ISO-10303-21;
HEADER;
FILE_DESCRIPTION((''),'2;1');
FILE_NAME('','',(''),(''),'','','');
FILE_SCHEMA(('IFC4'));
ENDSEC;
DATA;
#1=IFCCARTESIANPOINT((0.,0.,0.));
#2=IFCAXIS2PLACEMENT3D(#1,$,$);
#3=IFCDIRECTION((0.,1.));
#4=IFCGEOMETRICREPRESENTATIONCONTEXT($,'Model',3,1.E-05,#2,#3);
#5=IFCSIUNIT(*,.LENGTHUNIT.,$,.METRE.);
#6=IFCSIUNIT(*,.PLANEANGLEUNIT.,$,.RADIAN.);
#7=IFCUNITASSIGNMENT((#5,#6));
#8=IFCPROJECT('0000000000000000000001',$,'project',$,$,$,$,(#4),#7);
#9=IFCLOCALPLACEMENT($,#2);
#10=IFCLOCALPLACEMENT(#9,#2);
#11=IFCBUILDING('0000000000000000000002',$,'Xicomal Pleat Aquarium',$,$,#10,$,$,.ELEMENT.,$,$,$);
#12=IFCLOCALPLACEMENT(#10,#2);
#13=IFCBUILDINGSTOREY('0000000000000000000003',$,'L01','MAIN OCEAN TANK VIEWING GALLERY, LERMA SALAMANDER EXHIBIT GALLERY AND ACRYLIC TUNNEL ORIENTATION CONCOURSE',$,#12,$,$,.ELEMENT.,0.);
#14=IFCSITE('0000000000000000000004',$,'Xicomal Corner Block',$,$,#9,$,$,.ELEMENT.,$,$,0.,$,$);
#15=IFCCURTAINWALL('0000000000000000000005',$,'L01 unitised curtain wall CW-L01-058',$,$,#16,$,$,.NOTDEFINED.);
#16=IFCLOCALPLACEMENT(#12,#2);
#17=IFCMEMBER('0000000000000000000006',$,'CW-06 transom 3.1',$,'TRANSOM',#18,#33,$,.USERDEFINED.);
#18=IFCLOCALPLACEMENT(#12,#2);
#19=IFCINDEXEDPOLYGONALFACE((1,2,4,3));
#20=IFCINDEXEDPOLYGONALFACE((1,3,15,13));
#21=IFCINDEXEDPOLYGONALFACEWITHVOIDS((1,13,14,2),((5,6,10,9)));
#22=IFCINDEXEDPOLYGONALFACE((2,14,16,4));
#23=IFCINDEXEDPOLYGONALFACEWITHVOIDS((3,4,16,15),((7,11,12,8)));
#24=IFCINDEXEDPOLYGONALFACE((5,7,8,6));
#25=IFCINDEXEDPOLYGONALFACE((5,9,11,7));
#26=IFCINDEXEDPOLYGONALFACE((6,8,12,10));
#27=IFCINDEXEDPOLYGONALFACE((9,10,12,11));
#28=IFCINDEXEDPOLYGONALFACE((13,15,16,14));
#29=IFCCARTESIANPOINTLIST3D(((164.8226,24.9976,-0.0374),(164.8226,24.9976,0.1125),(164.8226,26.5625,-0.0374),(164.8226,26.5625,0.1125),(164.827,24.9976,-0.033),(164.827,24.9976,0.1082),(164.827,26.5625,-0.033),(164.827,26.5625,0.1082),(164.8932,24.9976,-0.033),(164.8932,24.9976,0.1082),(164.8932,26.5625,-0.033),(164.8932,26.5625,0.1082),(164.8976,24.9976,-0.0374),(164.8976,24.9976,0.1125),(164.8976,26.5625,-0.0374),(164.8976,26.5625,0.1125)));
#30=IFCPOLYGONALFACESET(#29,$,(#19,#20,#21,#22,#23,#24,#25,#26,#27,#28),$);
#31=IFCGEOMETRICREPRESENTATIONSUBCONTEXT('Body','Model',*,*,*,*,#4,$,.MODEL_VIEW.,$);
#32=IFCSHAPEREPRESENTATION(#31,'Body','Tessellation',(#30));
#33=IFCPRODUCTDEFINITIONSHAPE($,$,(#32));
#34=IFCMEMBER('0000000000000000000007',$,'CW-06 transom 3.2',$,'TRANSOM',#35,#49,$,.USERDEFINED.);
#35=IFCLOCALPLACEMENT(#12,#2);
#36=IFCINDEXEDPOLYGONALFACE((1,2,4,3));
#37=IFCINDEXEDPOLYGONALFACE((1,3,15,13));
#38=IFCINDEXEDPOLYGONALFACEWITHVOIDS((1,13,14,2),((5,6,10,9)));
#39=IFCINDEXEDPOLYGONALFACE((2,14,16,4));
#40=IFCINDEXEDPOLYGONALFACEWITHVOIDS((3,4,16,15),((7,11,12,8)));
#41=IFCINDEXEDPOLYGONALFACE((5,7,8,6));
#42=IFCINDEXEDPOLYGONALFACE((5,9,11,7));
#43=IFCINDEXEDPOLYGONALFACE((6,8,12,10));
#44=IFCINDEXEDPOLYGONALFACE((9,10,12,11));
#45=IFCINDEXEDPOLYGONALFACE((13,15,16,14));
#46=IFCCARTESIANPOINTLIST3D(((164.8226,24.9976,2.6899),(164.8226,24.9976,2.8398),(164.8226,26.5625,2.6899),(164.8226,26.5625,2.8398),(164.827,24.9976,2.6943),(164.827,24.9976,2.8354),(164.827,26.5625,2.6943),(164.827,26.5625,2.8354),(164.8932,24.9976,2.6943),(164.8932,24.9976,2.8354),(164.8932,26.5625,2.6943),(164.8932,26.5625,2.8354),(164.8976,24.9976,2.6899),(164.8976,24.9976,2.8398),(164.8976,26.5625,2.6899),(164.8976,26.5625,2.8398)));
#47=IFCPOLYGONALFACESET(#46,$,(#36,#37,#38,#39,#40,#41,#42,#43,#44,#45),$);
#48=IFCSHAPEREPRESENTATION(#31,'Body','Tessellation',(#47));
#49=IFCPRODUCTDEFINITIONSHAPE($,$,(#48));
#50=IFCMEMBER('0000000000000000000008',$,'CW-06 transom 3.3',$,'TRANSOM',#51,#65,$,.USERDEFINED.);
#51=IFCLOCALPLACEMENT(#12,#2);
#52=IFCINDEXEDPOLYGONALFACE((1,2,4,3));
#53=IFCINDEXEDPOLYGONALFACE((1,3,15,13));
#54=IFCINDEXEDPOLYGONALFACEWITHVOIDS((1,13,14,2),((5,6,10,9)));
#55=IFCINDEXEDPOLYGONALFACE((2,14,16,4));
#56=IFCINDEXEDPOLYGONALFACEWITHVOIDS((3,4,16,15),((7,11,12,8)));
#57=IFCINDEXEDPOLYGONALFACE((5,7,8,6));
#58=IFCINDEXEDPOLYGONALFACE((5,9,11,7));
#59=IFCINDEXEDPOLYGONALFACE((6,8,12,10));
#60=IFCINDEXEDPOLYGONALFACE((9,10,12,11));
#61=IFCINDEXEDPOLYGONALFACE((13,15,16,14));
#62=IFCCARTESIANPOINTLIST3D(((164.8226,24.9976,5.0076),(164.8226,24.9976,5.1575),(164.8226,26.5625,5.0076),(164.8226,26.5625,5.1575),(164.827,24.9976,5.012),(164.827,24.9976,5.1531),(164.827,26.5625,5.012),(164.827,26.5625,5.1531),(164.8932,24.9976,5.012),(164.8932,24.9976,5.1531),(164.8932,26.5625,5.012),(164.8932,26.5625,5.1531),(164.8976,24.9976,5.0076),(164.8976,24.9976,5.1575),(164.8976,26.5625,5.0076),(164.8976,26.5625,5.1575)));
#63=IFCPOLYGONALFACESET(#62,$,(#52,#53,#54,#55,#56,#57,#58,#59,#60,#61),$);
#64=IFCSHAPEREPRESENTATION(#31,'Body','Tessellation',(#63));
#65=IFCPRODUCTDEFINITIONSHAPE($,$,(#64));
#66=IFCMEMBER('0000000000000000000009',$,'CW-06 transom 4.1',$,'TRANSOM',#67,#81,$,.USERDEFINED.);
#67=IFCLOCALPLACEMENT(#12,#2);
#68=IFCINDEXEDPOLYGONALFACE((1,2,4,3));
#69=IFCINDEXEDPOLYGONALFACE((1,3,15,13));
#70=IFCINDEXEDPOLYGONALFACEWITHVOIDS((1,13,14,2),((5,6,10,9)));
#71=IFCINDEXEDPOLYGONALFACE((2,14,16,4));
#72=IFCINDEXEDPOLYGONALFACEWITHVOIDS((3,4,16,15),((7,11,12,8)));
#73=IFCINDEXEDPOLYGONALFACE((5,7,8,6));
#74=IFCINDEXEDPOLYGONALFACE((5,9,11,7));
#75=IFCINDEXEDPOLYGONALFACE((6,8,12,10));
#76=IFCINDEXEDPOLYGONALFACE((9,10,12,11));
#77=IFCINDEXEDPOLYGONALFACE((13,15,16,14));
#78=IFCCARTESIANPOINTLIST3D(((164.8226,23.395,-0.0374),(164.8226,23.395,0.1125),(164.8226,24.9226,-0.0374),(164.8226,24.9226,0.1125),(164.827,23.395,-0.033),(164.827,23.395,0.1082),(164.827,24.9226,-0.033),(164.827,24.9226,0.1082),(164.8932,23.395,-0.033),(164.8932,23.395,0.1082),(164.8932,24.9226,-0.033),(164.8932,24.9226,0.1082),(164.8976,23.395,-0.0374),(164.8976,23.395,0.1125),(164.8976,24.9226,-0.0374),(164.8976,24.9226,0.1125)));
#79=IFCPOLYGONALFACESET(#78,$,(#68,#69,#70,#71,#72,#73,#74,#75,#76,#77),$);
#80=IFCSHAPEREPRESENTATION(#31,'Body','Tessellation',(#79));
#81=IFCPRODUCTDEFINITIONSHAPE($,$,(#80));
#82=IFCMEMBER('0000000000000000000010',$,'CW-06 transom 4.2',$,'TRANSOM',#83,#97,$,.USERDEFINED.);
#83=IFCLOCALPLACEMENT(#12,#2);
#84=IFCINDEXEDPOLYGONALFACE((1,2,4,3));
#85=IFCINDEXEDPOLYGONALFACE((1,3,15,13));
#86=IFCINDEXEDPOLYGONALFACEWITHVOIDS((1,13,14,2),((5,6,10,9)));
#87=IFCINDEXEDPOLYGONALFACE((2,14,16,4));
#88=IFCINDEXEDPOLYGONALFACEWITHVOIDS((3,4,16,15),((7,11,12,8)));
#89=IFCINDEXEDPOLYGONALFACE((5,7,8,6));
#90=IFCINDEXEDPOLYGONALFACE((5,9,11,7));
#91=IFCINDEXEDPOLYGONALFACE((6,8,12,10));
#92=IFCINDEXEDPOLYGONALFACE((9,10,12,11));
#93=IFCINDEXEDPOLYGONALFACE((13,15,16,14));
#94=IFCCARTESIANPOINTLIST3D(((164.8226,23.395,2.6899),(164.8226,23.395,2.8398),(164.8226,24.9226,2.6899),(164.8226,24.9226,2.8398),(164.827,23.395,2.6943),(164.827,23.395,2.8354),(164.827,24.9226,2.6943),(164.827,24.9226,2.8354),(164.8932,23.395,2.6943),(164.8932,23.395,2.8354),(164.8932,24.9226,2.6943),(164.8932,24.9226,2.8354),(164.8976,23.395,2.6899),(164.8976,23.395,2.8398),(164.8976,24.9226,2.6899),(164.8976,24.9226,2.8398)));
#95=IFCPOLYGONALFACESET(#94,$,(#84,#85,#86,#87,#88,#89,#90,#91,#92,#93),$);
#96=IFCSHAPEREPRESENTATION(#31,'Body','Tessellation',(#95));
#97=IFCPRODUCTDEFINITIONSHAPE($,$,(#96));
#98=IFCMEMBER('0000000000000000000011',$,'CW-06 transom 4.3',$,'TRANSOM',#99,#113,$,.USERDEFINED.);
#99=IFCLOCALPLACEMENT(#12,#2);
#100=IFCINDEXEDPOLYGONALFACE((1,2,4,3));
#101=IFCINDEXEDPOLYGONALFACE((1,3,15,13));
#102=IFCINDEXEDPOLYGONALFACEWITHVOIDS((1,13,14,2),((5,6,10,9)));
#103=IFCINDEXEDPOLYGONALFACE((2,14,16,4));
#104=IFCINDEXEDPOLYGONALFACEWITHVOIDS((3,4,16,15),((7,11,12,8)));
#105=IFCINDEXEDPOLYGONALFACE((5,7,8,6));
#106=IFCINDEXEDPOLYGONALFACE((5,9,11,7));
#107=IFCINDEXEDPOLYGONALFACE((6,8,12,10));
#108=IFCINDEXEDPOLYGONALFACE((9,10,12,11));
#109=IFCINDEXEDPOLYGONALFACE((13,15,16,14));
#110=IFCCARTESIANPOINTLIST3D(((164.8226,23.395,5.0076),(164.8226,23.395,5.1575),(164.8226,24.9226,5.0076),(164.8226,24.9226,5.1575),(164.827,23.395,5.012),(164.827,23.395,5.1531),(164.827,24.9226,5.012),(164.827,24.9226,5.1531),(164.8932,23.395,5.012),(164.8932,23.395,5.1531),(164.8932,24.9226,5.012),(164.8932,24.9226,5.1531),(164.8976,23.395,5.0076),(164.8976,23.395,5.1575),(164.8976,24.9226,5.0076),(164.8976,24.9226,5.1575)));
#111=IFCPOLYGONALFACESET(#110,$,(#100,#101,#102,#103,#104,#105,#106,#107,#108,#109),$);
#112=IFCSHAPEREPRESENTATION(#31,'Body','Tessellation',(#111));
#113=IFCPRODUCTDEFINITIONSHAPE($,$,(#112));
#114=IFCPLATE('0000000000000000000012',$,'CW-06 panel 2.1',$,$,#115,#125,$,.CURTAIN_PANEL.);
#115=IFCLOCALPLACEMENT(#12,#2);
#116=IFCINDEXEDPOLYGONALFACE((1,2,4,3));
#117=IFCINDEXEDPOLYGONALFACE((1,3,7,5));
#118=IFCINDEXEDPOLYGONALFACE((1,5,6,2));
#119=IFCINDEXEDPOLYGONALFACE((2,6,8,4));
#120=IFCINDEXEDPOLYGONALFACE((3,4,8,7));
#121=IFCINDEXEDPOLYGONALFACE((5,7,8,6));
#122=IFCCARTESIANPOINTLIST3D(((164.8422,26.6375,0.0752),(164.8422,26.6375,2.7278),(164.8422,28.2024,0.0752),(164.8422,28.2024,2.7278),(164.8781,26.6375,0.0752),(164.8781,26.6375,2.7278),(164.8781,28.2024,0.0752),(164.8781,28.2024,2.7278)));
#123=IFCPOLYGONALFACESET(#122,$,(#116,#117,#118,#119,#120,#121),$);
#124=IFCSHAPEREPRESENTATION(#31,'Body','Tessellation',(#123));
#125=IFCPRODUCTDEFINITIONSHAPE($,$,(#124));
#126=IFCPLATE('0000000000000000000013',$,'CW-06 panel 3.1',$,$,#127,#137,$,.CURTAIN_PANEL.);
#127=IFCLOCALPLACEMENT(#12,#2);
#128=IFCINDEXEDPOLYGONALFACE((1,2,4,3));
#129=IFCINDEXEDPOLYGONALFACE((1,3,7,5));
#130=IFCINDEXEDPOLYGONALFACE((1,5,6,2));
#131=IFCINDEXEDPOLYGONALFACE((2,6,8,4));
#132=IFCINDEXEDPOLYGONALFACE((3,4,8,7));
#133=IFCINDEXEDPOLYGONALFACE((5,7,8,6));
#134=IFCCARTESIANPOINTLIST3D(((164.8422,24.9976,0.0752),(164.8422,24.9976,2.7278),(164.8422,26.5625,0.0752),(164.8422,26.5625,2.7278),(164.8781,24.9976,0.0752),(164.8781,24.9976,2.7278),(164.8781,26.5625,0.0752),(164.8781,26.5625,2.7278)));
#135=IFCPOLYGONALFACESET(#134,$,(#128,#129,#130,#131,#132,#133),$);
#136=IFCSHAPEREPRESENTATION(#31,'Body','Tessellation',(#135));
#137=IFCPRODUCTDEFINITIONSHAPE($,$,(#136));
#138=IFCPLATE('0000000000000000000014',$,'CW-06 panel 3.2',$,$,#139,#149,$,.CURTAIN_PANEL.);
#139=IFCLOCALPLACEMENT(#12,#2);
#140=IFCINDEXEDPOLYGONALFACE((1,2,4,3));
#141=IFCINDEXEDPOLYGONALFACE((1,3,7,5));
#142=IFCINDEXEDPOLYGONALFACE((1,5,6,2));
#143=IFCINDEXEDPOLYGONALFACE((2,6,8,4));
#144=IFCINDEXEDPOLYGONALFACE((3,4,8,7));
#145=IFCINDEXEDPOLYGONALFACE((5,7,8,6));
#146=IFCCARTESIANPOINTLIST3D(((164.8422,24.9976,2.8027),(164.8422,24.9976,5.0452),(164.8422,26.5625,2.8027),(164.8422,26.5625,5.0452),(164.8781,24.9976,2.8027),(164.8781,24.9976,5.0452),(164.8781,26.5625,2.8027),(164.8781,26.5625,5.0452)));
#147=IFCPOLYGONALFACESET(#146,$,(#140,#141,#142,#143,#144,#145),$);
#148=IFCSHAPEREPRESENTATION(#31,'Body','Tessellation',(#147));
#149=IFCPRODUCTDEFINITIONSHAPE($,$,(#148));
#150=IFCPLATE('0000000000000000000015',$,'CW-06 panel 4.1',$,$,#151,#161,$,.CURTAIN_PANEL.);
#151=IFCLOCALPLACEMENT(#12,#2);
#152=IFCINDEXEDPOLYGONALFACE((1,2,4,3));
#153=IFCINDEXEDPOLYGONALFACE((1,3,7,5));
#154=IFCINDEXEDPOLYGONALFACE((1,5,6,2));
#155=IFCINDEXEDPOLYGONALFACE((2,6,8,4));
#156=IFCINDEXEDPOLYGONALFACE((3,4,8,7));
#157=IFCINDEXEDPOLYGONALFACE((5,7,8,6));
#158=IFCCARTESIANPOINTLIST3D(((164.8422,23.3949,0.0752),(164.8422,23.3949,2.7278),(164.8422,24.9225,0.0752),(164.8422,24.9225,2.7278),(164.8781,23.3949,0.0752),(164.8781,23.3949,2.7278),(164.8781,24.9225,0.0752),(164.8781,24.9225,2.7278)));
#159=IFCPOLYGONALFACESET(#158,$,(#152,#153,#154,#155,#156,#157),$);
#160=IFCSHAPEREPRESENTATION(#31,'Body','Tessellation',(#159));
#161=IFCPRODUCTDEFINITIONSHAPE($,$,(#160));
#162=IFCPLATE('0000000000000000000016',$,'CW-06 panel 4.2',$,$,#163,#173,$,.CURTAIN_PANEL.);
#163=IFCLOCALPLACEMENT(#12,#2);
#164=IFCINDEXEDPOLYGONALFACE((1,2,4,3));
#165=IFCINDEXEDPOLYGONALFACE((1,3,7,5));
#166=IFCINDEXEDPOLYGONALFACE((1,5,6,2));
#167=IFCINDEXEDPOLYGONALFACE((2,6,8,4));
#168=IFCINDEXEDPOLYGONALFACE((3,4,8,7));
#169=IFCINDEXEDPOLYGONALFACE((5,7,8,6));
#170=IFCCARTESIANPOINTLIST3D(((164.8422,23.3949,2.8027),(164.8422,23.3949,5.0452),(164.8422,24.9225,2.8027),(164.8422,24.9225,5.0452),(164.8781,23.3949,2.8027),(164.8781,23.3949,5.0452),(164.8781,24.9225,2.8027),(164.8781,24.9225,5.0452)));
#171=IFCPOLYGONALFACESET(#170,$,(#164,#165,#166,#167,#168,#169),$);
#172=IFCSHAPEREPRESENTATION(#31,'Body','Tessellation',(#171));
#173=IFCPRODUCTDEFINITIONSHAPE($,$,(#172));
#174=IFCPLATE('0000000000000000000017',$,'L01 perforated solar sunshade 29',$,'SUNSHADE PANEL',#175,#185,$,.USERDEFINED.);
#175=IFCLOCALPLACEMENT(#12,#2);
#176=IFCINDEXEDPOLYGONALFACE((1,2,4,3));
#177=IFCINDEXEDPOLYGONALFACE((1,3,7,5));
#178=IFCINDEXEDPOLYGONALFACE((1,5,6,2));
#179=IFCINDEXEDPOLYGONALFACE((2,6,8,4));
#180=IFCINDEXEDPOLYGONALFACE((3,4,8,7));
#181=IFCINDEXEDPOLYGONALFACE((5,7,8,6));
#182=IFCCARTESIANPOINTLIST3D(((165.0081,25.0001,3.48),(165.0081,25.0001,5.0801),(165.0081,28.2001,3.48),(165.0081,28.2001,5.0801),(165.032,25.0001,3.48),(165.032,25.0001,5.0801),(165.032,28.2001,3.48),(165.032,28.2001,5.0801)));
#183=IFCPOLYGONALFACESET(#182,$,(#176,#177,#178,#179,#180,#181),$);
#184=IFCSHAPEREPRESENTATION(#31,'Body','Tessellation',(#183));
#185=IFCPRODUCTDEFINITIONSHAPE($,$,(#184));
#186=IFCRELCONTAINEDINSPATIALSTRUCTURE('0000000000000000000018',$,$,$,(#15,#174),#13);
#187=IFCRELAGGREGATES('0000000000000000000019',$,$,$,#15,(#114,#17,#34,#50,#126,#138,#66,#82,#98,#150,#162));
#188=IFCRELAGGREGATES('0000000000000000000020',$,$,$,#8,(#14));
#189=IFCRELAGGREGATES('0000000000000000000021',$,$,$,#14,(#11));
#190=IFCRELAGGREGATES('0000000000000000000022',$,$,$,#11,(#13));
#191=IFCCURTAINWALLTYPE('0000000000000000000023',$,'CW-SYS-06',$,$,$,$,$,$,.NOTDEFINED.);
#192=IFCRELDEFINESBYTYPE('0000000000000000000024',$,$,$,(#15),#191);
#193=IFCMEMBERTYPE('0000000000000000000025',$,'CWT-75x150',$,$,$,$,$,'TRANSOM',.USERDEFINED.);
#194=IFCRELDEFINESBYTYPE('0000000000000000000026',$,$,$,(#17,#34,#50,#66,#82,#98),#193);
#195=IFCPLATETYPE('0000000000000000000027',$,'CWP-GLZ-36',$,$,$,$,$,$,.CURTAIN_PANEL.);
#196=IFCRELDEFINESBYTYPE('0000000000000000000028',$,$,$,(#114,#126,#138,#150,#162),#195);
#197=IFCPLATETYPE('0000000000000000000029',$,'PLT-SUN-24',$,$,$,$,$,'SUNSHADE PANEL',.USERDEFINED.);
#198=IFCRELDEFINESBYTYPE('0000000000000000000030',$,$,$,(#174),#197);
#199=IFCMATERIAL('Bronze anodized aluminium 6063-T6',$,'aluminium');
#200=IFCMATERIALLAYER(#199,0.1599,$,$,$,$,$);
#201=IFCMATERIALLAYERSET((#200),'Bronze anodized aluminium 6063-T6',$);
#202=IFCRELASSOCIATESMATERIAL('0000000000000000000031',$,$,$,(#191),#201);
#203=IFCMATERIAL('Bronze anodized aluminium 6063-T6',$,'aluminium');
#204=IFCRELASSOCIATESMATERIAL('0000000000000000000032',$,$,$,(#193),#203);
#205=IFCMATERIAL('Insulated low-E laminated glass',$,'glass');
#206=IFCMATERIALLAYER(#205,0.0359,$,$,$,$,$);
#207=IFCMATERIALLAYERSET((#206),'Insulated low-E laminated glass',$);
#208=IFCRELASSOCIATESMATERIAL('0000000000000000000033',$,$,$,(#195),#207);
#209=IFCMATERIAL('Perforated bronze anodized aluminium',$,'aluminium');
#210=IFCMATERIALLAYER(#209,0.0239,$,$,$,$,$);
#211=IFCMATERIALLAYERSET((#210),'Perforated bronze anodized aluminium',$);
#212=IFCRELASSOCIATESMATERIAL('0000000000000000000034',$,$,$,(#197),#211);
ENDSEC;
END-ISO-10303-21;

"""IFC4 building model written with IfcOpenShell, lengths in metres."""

from ifc_helpers import new_model, si_unit, direction, frame, origin, origin_2d, place, context, subcontext, project, spatial, rectangle, hollow_rectangle, extrude, material, layer, layer_set, material_profile, profile_set, type_object, element, aggregate, save


model = new_model("IFC4")

# Units and contexts
model_context = context("Model", 3, precision=1e-05, world=origin(), true_north=direction((0.0, 1.0)))
body_context = subcontext(model_context, "Body", "Model", "MODEL_VIEW")
ifc_project = project(units=[si_unit("LENGTHUNIT", "METRE"), si_unit("PLANEANGLEUNIT", "RADIAN")], contexts=[model_context])

# Site, building, storey
site_placement = place(None, origin())
site = spatial("IfcSite", under=ifc_project, at=site_placement, Name="Xicomal Corner Block", CompositionType="ELEMENT", RefElevation=0.0)
building_placement = place(site_placement, origin())
building = spatial("IfcBuilding", under=site, at=building_placement, Name="Xicomal Pleat Aquarium", CompositionType="ELEMENT")
storey_placement = place(building_placement, origin())
storey = spatial("IfcBuildingStorey", under=building, at=storey_placement, Name="L01", Description="MAIN OCEAN TANK VIEWING GALLERY, LERMA SALAMANDER EXHIBIT GALLERY AND ACRYLIC TUNNEL ORIENTATION CONCOURSE", CompositionType="ELEMENT", Elevation=0.0)

# Curtain wall, members, plates
ifc_material_1 = material(Name="Bronze anodized aluminium 6063-T6", Category="aluminium")
ifc_layer_1 = layer(ifc_material_1, 0.1599)
ifc_layer_set_1 = layer_set([ifc_layer_1], Name="Bronze anodized aluminium 6063-T6")
curtain_wall_type = type_object("IfcCurtainWallType", Name="CW-SYS-06", PredefinedType="NOTDEFINED", material=ifc_layer_set_1)
curtain_wall_placement = place(storey_placement, origin())
curtain_wall = element("IfcCurtainWall", 1, at=curtain_wall_placement, inside=storey, type_object=curtain_wall_type, Name="L01 unitised curtain wall CW-L01-058", PredefinedType="NOTDEFINED")
ifc_material_2 = material(Name="Bronze anodized aluminium 6063-T6", Category="aluminium")
ifc_material_profile_1 = material_profile(ifc_material_2, hollow_rectangle(XDim=0.075, YDim=0.1499, WallThickness=0.0044, at=origin_2d()), Name="ALU TRAN 75x150")
ifc_profile_set_1 = profile_set([ifc_material_profile_1], Name="Bronze anodized aluminium 6063-T6")
member_type_1 = type_object("IfcMemberType", Name="CWT-75x150", ElementType="TRANSOM", PredefinedType="USERDEFINED", material=ifc_profile_set_1)
member_1_placement = place(storey_placement, frame((164.8601, 26.5625, 0.0376), z_axis=(0.0, -1.0, 0.0), x_axis=(1.0, 0.0, 0.0)))
member_1 = element("IfcMember", 2, at=member_1_placement, type_object=member_type_1, Name="CW-06 transom 3.1", ObjectType="TRANSOM", PredefinedType="USERDEFINED", context=body_context, shape_type="SweptSolid", body=[
    extrude(hollow_rectangle(XDim=0.075, YDim=0.1499, WallThickness=0.0044, at=origin_2d()), origin(), (0.0, 0.0, 1.0), 1.5649),
])
member_2_placement = place(storey_placement, frame((164.8601, 26.5625, 2.7649), z_axis=(0.0, -1.0, 0.0), x_axis=(1.0, 0.0, 0.0)))
member_2 = element("IfcMember", 3, at=member_2_placement, type_object=member_type_1, Name="CW-06 transom 3.2", ObjectType="TRANSOM", PredefinedType="USERDEFINED", context=body_context, shape_type="SweptSolid", body=[
    extrude(hollow_rectangle(XDim=0.075, YDim=0.1499, WallThickness=0.0044, at=origin_2d()), origin(), (0.0, 0.0, 1.0), 1.5649),
])
member_3_placement = place(storey_placement, frame((164.8601, 26.5625, 5.0825), z_axis=(0.0, -1.0, 0.0), x_axis=(1.0, 0.0, 0.0)))
member_3 = element("IfcMember", 4, at=member_3_placement, type_object=member_type_1, Name="CW-06 transom 3.3", ObjectType="TRANSOM", PredefinedType="USERDEFINED", context=body_context, shape_type="SweptSolid", body=[
    extrude(hollow_rectangle(XDim=0.075, YDim=0.1499, WallThickness=0.0044, at=origin_2d()), origin(), (0.0, 0.0, 1.0), 1.5649),
])
member_4_placement = place(storey_placement, frame((164.8601, 24.9226, 0.0376), z_axis=(0.0, -1.0, 0.0), x_axis=(1.0, 0.0, 0.0)))
member_4 = element("IfcMember", 5, at=member_4_placement, type_object=member_type_1, Name="CW-06 transom 4.1", ObjectType="TRANSOM", PredefinedType="USERDEFINED", context=body_context, shape_type="SweptSolid", body=[
    extrude(hollow_rectangle(XDim=0.075, YDim=0.1499, WallThickness=0.0044, at=origin_2d()), origin(), (0.0, 0.0, 1.0), 1.5276),
])
member_5_placement = place(storey_placement, frame((164.8601, 24.9226, 2.7649), z_axis=(0.0, -1.0, 0.0), x_axis=(1.0, 0.0, 0.0)))
member_5 = element("IfcMember", 6, at=member_5_placement, type_object=member_type_1, Name="CW-06 transom 4.2", ObjectType="TRANSOM", PredefinedType="USERDEFINED", context=body_context, shape_type="SweptSolid", body=[
    extrude(hollow_rectangle(XDim=0.075, YDim=0.1499, WallThickness=0.0044, at=origin_2d()), origin(), (0.0, 0.0, 1.0), 1.5276),
])
member_6_placement = place(storey_placement, frame((164.8601, 24.9226, 5.0825), z_axis=(0.0, -1.0, 0.0), x_axis=(1.0, 0.0, 0.0)))
member_6 = element("IfcMember", 7, at=member_6_placement, type_object=member_type_1, Name="CW-06 transom 4.3", ObjectType="TRANSOM", PredefinedType="USERDEFINED", context=body_context, shape_type="SweptSolid", body=[
    extrude(hollow_rectangle(XDim=0.075, YDim=0.1499, WallThickness=0.0044, at=origin_2d()), origin(), (0.0, 0.0, 1.0), 1.5276),
])
ifc_material_3 = material(Name="Insulated low-E laminated glass", Category="glass")
ifc_layer_2 = layer(ifc_material_3, 0.0359)
ifc_layer_set_2 = layer_set([ifc_layer_2], Name="Insulated low-E laminated glass")
plate_type_1 = type_object("IfcPlateType", Name="CWP-GLZ-36", PredefinedType="CURTAIN_PANEL", material=ifc_layer_set_2)
plate_1_placement = place(storey_placement, frame((164.8601, 27.4199, 0.0752), z_axis=(0.0, 0.0, 1.0), x_axis=(0.0, -1.0, 0.0)))
plate_1 = element("IfcPlate", 8, at=plate_1_placement, type_object=plate_type_1, Name="CW-06 panel 2.1", PredefinedType="CURTAIN_PANEL", context=body_context, shape_type="SweptSolid", body=[
    extrude(rectangle(XDim=1.5649, YDim=0.0359, at=origin_2d()), origin(), (0.0, 0.0, 1.0), 2.6526),
])
plate_2_placement = place(storey_placement, frame((164.8601, 25.78, 0.0752), z_axis=(0.0, 0.0, 1.0), x_axis=(0.0, -1.0, 0.0)))
plate_2 = element("IfcPlate", 9, at=plate_2_placement, type_object=plate_type_1, Name="CW-06 panel 3.1", PredefinedType="CURTAIN_PANEL", context=body_context, shape_type="SweptSolid", body=[
    extrude(rectangle(XDim=1.5649, YDim=0.0359, at=origin_2d()), origin(), (0.0, 0.0, 1.0), 2.6526),
])
plate_3_placement = place(storey_placement, frame((164.8601, 25.78, 2.8027), z_axis=(0.0, 0.0, 1.0), x_axis=(0.0, -1.0, 0.0)))
plate_3 = element("IfcPlate", 10, at=plate_3_placement, type_object=plate_type_1, Name="CW-06 panel 3.2", PredefinedType="CURTAIN_PANEL", context=body_context, shape_type="SweptSolid", body=[
    extrude(rectangle(XDim=1.5649, YDim=0.0359, at=origin_2d()), origin(), (0.0, 0.0, 1.0), 2.2424),
])
plate_4_placement = place(storey_placement, frame((164.8601, 24.1587, 0.0752), z_axis=(0.0, 0.0, 1.0), x_axis=(0.0, -1.0, 0.0)))
plate_4 = element("IfcPlate", 11, at=plate_4_placement, type_object=plate_type_1, Name="CW-06 panel 4.1", PredefinedType="CURTAIN_PANEL", context=body_context, shape_type="SweptSolid", body=[
    extrude(rectangle(XDim=1.5276, YDim=0.0359, at=origin_2d()), origin(), (0.0, 0.0, 1.0), 2.6526),
])
plate_5_placement = place(storey_placement, frame((164.8601, 24.1587, 2.8027), z_axis=(0.0, 0.0, 1.0), x_axis=(0.0, -1.0, 0.0)))
plate_5 = element("IfcPlate", 12, at=plate_5_placement, type_object=plate_type_1, Name="CW-06 panel 4.2", PredefinedType="CURTAIN_PANEL", context=body_context, shape_type="SweptSolid", body=[
    extrude(rectangle(XDim=1.5276, YDim=0.0359, at=origin_2d()), origin(), (0.0, 0.0, 1.0), 2.2424),
])
aggregate(curtain_wall, [plate_1, member_1, member_2, member_3, plate_2, plate_3, member_4, member_5, member_6, plate_4, plate_5])

# Plate
ifc_material_4 = material(Name="Perforated bronze anodized aluminium", Category="aluminium")
ifc_layer_3 = layer(ifc_material_4, 0.0239)
ifc_layer_set_3 = layer_set([ifc_layer_3], Name="Perforated bronze anodized aluminium")
plate_type_2 = type_object("IfcPlateType", Name="PLT-SUN-24", ElementType="SUNSHADE PANEL", PredefinedType="USERDEFINED", material=ifc_layer_set_3)
plate_6_placement = place(storey_placement, frame((165.02, 26.6001, 3.48), z_axis=(0.0, 0.0, 1.0), x_axis=(0.0, -1.0, 0.0)))
element("IfcPlate", 13, at=plate_6_placement, inside=storey, type_object=plate_type_2, Name="L01 perforated solar sunshade 29", ObjectType="SUNSHADE PANEL", PredefinedType="USERDEFINED", context=body_context, shape_type="SweptSolid", body=[
    extrude(rectangle(XDim=3.2, YDim=0.0239, at=origin_2d()), origin(), (0.0, 0.0, 1.0), 1.6001),
])

save(model, "model.ifc")
